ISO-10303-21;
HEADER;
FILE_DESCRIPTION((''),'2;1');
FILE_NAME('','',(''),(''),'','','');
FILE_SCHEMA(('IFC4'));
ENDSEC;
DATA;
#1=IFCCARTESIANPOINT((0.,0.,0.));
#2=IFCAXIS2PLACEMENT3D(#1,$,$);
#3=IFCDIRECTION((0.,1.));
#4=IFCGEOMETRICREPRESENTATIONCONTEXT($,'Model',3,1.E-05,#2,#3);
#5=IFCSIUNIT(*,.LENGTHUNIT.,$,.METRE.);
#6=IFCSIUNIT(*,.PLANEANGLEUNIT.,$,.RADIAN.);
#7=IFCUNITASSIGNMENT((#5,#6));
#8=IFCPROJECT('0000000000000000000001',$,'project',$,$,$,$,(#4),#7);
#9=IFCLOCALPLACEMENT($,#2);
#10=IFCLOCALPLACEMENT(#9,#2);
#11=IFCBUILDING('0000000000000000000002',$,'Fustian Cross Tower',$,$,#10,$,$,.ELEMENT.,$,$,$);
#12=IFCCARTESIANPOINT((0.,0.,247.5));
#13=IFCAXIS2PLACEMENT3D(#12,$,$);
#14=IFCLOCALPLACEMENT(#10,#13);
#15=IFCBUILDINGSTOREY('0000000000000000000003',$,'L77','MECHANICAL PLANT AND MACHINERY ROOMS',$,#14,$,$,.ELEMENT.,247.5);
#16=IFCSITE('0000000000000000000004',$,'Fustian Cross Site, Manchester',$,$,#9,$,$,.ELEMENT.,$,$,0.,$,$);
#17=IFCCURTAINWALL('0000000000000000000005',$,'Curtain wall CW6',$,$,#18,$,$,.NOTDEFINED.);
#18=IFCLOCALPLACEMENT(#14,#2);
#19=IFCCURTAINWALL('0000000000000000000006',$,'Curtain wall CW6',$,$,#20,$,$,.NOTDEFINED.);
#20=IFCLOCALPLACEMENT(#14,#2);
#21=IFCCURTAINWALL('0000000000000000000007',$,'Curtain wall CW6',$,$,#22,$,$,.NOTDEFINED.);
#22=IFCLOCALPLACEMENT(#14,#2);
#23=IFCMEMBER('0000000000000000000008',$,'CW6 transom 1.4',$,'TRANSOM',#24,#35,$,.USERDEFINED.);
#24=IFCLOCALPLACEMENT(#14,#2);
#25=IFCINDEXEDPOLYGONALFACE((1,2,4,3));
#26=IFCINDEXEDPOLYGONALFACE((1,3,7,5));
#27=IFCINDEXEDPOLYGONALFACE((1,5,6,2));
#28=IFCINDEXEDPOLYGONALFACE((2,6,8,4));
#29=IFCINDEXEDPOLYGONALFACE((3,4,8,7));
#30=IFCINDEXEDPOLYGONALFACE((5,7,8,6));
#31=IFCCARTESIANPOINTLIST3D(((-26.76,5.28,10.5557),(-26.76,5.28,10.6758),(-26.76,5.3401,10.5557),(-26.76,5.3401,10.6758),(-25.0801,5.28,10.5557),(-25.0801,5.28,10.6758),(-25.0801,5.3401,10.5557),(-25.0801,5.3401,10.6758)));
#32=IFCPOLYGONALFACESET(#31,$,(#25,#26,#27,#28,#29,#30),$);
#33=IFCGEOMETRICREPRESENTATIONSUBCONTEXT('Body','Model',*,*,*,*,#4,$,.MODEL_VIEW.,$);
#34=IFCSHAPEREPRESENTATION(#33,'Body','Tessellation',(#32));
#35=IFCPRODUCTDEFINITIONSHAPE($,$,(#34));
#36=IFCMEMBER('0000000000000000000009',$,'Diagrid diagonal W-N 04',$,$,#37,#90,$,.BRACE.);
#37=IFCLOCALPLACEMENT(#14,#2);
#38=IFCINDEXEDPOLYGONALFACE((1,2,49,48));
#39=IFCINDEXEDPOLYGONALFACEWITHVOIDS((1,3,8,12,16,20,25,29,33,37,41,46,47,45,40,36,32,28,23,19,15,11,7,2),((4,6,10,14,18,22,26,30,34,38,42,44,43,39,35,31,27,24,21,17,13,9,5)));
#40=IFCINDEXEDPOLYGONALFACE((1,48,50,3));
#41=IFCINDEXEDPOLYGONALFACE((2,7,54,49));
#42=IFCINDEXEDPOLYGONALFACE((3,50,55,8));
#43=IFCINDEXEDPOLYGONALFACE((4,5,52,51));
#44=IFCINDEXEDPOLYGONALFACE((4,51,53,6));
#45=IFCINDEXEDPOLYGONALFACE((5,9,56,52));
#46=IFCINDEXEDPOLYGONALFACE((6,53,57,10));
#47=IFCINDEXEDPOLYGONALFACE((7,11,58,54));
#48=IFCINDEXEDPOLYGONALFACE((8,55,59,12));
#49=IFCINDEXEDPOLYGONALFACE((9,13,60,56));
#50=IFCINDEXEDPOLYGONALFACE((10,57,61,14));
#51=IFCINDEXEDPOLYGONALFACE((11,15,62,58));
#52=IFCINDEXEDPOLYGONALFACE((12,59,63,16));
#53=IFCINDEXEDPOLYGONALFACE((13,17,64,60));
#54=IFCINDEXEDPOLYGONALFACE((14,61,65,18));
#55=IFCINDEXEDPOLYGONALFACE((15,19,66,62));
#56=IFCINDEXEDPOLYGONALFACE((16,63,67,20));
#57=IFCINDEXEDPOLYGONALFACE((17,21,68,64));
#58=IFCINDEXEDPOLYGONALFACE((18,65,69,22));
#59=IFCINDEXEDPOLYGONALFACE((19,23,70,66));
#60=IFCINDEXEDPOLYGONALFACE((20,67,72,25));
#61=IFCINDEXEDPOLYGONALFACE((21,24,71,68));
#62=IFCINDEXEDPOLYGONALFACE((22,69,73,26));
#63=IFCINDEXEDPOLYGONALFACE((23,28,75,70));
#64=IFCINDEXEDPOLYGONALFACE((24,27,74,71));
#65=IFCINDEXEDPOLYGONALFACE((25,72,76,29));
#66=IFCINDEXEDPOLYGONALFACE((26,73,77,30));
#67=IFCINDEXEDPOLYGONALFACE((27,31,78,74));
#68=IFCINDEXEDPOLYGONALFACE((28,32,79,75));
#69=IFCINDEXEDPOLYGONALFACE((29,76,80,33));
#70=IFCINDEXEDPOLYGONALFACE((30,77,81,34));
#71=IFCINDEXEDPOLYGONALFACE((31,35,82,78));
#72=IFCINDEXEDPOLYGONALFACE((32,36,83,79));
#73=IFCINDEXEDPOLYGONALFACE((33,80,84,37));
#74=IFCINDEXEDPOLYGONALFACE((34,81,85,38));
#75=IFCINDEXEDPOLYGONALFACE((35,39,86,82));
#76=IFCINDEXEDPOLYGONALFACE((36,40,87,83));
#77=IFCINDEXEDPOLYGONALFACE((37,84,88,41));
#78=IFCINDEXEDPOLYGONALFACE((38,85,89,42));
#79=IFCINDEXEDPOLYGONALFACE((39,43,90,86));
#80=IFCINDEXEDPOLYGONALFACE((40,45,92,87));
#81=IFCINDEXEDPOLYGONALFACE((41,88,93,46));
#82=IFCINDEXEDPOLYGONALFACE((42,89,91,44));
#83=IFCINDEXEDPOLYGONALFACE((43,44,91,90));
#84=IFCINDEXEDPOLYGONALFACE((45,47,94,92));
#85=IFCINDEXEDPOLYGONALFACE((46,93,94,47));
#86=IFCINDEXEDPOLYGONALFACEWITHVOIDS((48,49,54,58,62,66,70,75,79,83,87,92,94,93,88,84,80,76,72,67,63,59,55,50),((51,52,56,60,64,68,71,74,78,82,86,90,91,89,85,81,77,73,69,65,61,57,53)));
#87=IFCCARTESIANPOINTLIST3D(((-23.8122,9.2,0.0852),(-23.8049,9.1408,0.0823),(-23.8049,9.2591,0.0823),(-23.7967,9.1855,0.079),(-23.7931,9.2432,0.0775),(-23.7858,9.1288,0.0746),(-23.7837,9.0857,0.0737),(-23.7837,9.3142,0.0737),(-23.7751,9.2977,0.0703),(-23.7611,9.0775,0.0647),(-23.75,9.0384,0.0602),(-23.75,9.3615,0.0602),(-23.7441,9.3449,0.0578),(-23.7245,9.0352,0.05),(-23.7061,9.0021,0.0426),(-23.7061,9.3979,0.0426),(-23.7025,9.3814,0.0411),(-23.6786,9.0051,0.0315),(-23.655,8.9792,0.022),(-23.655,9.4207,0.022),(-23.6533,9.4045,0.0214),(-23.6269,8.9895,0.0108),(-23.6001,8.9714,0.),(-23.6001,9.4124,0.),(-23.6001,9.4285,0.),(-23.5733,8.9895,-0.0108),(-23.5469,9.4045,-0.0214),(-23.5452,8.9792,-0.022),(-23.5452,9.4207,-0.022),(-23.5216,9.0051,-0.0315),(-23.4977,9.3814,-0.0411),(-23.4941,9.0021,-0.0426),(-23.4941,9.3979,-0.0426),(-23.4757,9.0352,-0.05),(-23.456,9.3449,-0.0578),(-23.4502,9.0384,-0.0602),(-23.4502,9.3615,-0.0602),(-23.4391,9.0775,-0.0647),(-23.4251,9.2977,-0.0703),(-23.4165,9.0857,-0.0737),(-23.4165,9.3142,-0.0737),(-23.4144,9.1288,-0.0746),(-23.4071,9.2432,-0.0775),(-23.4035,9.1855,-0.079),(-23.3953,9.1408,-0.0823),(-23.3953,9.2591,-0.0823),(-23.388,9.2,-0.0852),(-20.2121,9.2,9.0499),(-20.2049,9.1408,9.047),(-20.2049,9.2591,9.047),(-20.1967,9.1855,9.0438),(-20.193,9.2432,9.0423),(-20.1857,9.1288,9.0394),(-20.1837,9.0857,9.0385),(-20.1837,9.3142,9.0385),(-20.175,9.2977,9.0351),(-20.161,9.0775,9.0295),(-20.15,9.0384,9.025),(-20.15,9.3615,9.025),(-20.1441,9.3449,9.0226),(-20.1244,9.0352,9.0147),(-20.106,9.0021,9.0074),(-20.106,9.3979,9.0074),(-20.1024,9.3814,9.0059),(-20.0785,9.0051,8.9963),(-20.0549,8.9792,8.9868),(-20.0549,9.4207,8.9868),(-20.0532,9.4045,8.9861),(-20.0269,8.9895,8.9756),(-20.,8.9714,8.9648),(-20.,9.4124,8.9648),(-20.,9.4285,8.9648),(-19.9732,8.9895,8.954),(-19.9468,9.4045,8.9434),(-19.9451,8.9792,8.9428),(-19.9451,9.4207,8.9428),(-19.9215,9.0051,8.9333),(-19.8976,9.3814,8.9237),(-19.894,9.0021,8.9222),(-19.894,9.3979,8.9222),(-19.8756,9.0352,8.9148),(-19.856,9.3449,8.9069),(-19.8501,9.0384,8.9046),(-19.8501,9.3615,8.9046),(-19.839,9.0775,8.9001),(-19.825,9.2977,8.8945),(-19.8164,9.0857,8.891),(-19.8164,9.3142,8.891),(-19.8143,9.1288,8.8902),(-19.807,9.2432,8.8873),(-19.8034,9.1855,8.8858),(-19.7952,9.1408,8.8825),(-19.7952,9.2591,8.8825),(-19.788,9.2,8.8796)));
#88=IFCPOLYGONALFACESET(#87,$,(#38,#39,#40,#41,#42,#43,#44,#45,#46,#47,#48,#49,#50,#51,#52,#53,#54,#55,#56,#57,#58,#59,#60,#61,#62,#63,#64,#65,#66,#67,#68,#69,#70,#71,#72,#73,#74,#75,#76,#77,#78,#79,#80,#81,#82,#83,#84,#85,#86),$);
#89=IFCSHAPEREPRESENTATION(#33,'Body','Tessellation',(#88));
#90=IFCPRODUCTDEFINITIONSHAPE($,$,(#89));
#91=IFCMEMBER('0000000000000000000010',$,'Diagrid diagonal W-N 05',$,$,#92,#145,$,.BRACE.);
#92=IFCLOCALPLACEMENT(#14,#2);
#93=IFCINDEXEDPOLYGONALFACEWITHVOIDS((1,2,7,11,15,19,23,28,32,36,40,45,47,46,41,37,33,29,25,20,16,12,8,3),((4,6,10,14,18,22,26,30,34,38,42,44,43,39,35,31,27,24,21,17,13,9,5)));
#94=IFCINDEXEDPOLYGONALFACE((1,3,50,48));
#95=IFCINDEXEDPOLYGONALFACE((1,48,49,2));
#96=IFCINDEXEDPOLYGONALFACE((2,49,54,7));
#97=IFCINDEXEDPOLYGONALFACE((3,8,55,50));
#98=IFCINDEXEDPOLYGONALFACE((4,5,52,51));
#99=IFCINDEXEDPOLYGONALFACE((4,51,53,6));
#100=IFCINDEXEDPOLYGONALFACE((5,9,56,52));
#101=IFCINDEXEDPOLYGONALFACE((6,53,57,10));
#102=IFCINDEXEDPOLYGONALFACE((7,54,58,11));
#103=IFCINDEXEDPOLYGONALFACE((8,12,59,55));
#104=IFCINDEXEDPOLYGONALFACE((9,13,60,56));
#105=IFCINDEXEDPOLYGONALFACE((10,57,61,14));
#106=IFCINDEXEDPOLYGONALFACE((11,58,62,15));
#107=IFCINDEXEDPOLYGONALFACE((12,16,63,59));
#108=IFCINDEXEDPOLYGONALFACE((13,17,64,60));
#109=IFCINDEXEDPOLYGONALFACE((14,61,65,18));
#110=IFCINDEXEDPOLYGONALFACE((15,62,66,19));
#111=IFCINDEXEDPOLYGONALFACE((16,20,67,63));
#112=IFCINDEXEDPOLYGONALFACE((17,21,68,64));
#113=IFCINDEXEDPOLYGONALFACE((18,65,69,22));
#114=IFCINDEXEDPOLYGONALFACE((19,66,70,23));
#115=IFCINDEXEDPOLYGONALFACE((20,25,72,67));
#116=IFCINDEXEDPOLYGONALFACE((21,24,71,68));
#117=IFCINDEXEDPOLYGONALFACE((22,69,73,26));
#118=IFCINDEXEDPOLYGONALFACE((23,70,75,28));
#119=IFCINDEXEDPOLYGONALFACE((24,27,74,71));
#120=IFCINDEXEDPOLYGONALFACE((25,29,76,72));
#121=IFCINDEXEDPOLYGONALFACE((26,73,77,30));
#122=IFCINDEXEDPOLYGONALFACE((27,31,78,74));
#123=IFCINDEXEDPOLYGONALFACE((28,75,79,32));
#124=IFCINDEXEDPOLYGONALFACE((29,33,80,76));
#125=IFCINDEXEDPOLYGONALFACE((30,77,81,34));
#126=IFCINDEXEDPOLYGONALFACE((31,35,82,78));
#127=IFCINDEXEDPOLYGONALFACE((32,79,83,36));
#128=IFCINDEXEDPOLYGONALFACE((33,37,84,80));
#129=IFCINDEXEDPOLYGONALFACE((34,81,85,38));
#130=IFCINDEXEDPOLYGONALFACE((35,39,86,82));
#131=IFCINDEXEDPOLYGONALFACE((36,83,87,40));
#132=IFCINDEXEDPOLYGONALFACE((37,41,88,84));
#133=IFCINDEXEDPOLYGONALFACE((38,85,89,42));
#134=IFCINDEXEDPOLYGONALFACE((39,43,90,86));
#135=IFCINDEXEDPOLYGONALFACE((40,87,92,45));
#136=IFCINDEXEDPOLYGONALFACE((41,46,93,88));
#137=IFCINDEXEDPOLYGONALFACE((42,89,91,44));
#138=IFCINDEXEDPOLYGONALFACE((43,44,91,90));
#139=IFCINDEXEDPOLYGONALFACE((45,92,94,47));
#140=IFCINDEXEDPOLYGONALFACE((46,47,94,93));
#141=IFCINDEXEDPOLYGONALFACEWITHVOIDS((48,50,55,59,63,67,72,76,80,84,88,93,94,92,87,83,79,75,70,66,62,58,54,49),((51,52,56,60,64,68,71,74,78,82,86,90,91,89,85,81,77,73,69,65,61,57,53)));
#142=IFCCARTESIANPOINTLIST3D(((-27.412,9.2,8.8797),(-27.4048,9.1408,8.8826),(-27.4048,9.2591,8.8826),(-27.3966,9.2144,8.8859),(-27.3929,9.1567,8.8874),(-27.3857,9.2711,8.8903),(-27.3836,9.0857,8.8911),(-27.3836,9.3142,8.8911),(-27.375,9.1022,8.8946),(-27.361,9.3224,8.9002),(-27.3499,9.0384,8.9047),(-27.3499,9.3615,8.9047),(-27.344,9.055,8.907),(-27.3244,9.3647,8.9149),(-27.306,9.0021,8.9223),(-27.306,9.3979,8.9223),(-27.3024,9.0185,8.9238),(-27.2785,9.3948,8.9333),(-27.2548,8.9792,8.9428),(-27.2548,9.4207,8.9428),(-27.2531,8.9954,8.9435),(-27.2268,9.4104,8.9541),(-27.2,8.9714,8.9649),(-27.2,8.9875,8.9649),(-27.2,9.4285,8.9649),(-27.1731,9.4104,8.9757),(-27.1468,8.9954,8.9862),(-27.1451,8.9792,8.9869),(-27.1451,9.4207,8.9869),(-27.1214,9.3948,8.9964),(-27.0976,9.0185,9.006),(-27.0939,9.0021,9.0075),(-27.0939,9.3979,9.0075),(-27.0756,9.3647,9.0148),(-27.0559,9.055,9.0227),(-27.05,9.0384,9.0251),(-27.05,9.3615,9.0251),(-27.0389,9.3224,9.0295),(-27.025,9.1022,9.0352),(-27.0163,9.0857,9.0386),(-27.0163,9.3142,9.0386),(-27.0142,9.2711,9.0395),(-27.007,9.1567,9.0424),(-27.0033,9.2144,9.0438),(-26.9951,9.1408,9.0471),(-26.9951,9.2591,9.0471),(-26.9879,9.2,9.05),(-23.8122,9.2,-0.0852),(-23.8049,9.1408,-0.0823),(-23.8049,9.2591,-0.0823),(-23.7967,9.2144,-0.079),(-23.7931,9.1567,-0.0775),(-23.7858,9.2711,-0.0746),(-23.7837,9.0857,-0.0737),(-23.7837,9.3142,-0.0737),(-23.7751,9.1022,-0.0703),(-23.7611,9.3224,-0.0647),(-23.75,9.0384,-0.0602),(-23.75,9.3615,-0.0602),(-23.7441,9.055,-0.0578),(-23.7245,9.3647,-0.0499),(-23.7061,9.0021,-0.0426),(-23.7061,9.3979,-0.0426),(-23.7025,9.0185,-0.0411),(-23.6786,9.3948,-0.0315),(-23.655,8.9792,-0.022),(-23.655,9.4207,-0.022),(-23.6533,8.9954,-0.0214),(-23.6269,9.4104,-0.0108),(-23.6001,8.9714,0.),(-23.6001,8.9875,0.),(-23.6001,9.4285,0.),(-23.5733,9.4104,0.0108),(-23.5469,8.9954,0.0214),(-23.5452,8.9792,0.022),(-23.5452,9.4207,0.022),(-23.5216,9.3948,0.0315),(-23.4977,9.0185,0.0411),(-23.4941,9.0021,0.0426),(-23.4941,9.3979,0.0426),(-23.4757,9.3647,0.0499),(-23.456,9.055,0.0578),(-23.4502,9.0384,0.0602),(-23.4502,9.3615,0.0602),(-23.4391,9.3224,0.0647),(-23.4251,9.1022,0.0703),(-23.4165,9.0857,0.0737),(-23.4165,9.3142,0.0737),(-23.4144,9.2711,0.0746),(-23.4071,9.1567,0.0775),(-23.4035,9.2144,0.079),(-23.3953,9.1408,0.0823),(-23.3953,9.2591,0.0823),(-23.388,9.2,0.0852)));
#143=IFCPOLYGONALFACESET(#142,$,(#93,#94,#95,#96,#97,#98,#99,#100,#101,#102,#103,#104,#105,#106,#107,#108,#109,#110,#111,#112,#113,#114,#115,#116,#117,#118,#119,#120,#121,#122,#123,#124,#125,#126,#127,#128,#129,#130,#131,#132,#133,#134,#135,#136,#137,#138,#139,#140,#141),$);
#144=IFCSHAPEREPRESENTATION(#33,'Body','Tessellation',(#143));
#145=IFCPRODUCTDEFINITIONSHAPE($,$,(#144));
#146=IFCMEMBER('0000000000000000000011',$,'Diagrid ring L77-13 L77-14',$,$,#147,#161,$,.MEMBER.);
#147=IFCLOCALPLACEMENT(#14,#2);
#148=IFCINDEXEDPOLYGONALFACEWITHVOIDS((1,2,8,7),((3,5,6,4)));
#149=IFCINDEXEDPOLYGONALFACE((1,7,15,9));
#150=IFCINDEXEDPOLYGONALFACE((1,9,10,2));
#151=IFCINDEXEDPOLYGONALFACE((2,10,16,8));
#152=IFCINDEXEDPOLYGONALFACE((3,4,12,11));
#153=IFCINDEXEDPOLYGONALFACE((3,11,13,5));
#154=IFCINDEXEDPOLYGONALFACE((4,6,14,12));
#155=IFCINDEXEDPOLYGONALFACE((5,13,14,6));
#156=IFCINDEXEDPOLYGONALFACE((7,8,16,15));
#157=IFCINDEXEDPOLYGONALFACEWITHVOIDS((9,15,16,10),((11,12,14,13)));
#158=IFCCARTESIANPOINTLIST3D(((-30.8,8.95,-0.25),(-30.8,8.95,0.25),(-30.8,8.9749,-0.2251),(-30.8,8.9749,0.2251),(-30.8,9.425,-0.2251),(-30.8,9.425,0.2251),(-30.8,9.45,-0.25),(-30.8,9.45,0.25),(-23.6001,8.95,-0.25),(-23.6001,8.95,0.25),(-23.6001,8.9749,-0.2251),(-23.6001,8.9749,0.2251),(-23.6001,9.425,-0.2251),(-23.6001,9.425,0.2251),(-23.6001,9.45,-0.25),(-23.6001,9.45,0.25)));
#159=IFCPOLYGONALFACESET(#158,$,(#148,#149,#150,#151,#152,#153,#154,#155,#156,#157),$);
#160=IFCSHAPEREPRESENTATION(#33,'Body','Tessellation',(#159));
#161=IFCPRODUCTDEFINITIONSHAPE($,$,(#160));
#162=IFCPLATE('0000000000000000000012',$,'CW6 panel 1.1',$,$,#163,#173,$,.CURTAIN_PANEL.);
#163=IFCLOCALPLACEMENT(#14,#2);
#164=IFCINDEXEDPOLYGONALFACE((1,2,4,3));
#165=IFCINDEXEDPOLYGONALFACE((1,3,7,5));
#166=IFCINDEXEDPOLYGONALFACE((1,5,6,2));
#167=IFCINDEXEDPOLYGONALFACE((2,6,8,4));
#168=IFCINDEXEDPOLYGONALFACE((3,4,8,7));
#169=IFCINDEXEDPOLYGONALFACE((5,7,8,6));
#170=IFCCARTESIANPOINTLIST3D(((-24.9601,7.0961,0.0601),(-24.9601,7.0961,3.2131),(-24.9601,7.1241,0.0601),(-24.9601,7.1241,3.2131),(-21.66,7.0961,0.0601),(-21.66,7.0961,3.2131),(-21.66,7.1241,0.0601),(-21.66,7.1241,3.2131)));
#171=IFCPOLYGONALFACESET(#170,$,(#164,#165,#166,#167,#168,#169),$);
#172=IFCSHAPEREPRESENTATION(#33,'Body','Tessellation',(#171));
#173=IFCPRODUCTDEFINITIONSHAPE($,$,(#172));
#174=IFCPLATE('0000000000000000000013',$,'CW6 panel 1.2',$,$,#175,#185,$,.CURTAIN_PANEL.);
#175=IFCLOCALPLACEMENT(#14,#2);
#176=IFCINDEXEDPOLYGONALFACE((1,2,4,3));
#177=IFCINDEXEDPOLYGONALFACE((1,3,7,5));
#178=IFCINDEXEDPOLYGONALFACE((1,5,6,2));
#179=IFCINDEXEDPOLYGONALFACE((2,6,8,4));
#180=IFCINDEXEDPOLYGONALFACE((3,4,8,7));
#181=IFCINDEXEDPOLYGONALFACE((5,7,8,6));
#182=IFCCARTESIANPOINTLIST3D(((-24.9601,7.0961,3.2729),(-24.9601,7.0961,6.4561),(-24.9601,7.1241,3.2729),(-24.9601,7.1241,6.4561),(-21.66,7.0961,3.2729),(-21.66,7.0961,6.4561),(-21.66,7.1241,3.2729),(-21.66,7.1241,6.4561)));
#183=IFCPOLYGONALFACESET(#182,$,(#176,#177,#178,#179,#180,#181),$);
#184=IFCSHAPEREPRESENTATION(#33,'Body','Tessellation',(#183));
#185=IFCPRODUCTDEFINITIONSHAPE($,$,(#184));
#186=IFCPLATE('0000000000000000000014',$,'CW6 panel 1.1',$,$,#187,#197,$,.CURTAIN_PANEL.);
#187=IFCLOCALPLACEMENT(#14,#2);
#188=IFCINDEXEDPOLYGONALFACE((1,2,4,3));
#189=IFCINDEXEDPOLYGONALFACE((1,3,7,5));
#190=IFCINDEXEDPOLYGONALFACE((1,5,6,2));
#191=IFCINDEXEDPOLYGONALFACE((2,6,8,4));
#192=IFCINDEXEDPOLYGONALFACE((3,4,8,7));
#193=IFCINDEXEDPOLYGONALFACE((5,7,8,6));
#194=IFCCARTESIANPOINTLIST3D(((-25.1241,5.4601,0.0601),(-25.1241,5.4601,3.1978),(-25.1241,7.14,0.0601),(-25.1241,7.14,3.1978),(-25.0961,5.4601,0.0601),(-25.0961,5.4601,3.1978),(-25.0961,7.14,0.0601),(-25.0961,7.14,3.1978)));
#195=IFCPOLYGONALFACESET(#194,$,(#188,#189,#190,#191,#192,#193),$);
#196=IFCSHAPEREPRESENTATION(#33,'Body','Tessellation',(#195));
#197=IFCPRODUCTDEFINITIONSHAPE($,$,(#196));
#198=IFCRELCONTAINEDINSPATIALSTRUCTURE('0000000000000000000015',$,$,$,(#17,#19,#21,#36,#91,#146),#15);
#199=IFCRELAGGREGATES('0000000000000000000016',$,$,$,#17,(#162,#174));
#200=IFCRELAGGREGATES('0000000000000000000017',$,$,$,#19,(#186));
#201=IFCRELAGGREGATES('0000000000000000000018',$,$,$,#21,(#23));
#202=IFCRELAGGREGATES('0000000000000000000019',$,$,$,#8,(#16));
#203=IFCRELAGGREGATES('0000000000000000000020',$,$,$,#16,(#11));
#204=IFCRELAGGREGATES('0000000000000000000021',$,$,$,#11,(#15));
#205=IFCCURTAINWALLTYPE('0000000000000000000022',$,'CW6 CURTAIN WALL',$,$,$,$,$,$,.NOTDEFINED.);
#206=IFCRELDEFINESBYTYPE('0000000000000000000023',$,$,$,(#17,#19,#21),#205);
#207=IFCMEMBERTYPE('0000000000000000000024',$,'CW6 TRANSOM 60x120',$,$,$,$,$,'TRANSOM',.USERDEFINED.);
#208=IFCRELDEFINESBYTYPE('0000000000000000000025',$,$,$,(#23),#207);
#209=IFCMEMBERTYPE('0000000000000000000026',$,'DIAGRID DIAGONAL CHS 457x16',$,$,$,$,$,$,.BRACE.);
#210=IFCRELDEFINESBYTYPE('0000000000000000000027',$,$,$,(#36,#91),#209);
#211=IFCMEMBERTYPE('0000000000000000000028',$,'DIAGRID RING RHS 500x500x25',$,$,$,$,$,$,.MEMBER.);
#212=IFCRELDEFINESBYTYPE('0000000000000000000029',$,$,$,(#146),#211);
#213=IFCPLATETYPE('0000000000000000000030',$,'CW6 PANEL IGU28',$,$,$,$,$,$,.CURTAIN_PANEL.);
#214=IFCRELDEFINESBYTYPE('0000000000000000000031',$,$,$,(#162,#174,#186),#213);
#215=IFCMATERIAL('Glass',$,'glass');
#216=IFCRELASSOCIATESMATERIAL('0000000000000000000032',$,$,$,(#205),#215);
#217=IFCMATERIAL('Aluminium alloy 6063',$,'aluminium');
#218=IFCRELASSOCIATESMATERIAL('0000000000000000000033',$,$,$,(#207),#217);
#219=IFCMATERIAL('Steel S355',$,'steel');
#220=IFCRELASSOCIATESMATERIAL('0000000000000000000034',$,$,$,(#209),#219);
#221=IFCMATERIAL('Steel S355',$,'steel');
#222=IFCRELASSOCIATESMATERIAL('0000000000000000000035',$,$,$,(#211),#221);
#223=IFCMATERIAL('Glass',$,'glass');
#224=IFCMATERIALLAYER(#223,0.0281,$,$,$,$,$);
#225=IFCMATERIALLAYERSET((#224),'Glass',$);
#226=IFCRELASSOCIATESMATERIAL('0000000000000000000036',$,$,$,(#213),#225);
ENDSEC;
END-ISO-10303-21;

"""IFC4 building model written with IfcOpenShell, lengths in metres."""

from ifc_helpers import new_model, si_unit, direction, frame, origin, origin_2d, place, context, subcontext, project, spatial, rectangle, hollow_rectangle, hollow_circle, extrude, material, layer, layer_set, material_profile, profile_set, type_object, element, aggregate, save


model = new_model("IFC4")

# Units and contexts
model_context = context("Model", 3, precision=1e-05, world=origin(), true_north=direction((0.0, 1.0)))
body_context = subcontext(model_context, "Body", "Model", "MODEL_VIEW")
ifc_project = project(units=[si_unit("LENGTHUNIT", "METRE"), si_unit("PLANEANGLEUNIT", "RADIAN")], contexts=[model_context])

# Site, building, storey
site_placement = place(None, origin())
site = spatial("IfcSite", under=ifc_project, at=site_placement, Name="Fustian Cross Site, Manchester", CompositionType="ELEMENT", RefElevation=0.0)
building_placement = place(site_placement, origin())
building = spatial("IfcBuilding", under=site, at=building_placement, Name="Fustian Cross Tower", CompositionType="ELEMENT")
storey_placement = place(building_placement, frame((0.0, 0.0, 247.5)))
storey = spatial("IfcBuildingStorey", under=building, at=storey_placement, Name="L77", Description="MECHANICAL PLANT AND MACHINERY ROOMS", CompositionType="ELEMENT", Elevation=247.5)

# Curtain wall
ifc_material_1 = material(Name="Glass", Category="glass")
curtain_wall_type = type_object("IfcCurtainWallType", Name="CW6 CURTAIN WALL", PredefinedType="NOTDEFINED", material=ifc_material_1)
curtain_wall_1_placement = place(storey_placement, origin())
curtain_wall_1 = element("IfcCurtainWall", 1, at=curtain_wall_1_placement, inside=storey, type_object=curtain_wall_type, Name="Curtain wall CW6", PredefinedType="NOTDEFINED")

# Curtain wall
curtain_wall_2_placement = place(storey_placement, origin())
curtain_wall_2 = element("IfcCurtainWall", 2, at=curtain_wall_2_placement, inside=storey, type_object=curtain_wall_type, Name="Curtain wall CW6", PredefinedType="NOTDEFINED")

# Curtain wall
curtain_wall_3_placement = place(storey_placement, origin())
curtain_wall_3 = element("IfcCurtainWall", 3, at=curtain_wall_3_placement, inside=storey, type_object=curtain_wall_type, Name="Curtain wall CW6", PredefinedType="NOTDEFINED")

# Member
ifc_material_2 = material(Name="Aluminium alloy 6063", Category="aluminium")
ifc_material_profile_1 = material_profile(ifc_material_2, rectangle(XDim=0.0601, YDim=0.1201, at=origin_2d()), Name="CW6 TRANSOM 60x120")
ifc_profile_set_1 = profile_set([ifc_material_profile_1], Name="Aluminium alloy 6063")
member_type_1 = type_object("IfcMemberType", Name="CW6 TRANSOM 60x120", ElementType="TRANSOM", PredefinedType="USERDEFINED", material=ifc_profile_set_1)
member_1_placement = place(storey_placement, frame((-25.0801, 5.3101, 10.6157), z_axis=(-1.0, 0.0, 0.0), x_axis=(0.0, -1.0, 0.0)))
member_1 = element("IfcMember", 4, at=member_1_placement, type_object=member_type_1, Name="CW6 transom 1.4", ObjectType="TRANSOM", PredefinedType="USERDEFINED", context=body_context, shape_type="SweptSolid", body=[
    extrude(rectangle(XDim=0.0601, YDim=0.1201, at=origin_2d()), origin(), (0.0, 0.0, 1.0), 1.6799),
])

# Members
ifc_material_3 = material(Name="Steel S355", Category="steel")
ifc_material_profile_2 = material_profile(ifc_material_3, hollow_circle(Radius=0.2285, WallThickness=0.0161, at=origin_2d()), Name="CHS 457x16")
ifc_profile_set_2 = profile_set([ifc_material_profile_2], Name="Steel S355")
member_type_2 = type_object("IfcMemberType", Name="DIAGRID DIAGONAL CHS 457x16", PredefinedType="BRACE", material=ifc_profile_set_2)
for number, where, z_axis, x_axis, name in (
    (5, (-23.6001, 9.2, 0.0), (0.372654, 0.0, 0.92797), (0.0, 1.0, 0.0), "Diagrid diagonal W-N 04"),
    (6, (-23.6001, 9.2, 0.0), (-0.372632, 0.0, 0.927979), (0.0, -1.0, 0.0), "Diagrid diagonal W-N 05"),
):
    element("IfcMember", number, at=place(storey_placement, frame(where, z_axis=z_axis, x_axis=x_axis)), inside=storey, type_object=member_type_2, Name=name, PredefinedType="BRACE", context=body_context, shape_type="SweptSolid", body=[
        extrude(hollow_circle(Radius=0.2285, WallThickness=0.0161, at=origin_2d()), origin(), (0.0, 0.0, 1.0), 9.6606),
    ])
ifc_material_4 = material(Name="Steel S355", Category="steel")
ifc_material_profile_3 = material_profile(ifc_material_4, hollow_rectangle(XDim=0.5, YDim=0.5, WallThickness=0.0249, at=origin_2d()), Name="RHS 500x500x25")
ifc_profile_set_3 = profile_set([ifc_material_profile_3], Name="Steel S355")
member_type_3 = type_object("IfcMemberType", Name="DIAGRID RING RHS 500x500x25", PredefinedType="MEMBER", material=ifc_profile_set_3)
member_2_placement = place(storey_placement, frame((-23.6001, 9.2, 0.0), z_axis=(-1.0, 0.0, 0.0), x_axis=(0.0, -1.0, 0.0)))
element("IfcMember", 7, at=member_2_placement, inside=storey, type_object=member_type_3, Name="Diagrid ring L77-13 L77-14", PredefinedType="MEMBER", context=body_context, shape_type="SweptSolid", body=[
    extrude(hollow_rectangle(XDim=0.5, YDim=0.5, WallThickness=0.0249, at=origin_2d()), origin(), (0.0, 0.0, 1.0), 7.2),
])

# Plates
ifc_material_5 = material(Name="Glass", Category="glass")
ifc_layer_1 = layer(ifc_material_5, 0.0281)
ifc_layer_set_1 = layer_set([ifc_layer_1], Name="Glass")
plate_type = type_object("IfcPlateType", Name="CW6 PANEL IGU28", PredefinedType="CURTAIN_PANEL", material=ifc_layer_set_1)
plate_1_placement = place(storey_placement, frame((-23.3101, 7.1101, 0.0601), z_axis=(0.0, 0.0, 1.0), x_axis=(-1.0, 0.0, 0.0)))
plate_1 = element("IfcPlate", 8, at=plate_1_placement, type_object=plate_type, Name="CW6 panel 1.1", PredefinedType="CURTAIN_PANEL", context=body_context, shape_type="SweptSolid", body=[
    extrude(rectangle(XDim=3.3, YDim=0.0281, at=origin_2d()), origin(), (0.0, 0.0, 1.0), 3.1531),
])
plate_2_placement = place(storey_placement, frame((-23.3101, 7.1101, 3.2729), z_axis=(0.0, 0.0, 1.0), x_axis=(-1.0, 0.0, 0.0)))
plate_2 = element("IfcPlate", 9, at=plate_2_placement, type_object=plate_type, Name="CW6 panel 1.2", PredefinedType="CURTAIN_PANEL", context=body_context, shape_type="SweptSolid", body=[
    extrude(rectangle(XDim=3.3, YDim=0.0281, at=origin_2d()), origin(), (0.0, 0.0, 1.0), 3.1831),
])
aggregate(curtain_wall_1, [plate_1, plate_2])
plate_3_placement = place(storey_placement, frame((-25.1101, 6.3, 0.0601), z_axis=(0.0, 0.0, 1.0), x_axis=(0.0, -1.0, 0.0)))
plate_3 = element("IfcPlate", 10, at=plate_3_placement, type_object=plate_type, Name="CW6 panel 1.1", PredefinedType="CURTAIN_PANEL", context=body_context, shape_type="SweptSolid", body=[
    extrude(rectangle(XDim=1.6799, YDim=0.0281, at=origin_2d()), origin(), (0.0, 0.0, 1.0), 3.1377),
])
aggregate(curtain_wall_2, [plate_3])
aggregate(curtain_wall_3, [member_1])

save(model, "model.ifc")
